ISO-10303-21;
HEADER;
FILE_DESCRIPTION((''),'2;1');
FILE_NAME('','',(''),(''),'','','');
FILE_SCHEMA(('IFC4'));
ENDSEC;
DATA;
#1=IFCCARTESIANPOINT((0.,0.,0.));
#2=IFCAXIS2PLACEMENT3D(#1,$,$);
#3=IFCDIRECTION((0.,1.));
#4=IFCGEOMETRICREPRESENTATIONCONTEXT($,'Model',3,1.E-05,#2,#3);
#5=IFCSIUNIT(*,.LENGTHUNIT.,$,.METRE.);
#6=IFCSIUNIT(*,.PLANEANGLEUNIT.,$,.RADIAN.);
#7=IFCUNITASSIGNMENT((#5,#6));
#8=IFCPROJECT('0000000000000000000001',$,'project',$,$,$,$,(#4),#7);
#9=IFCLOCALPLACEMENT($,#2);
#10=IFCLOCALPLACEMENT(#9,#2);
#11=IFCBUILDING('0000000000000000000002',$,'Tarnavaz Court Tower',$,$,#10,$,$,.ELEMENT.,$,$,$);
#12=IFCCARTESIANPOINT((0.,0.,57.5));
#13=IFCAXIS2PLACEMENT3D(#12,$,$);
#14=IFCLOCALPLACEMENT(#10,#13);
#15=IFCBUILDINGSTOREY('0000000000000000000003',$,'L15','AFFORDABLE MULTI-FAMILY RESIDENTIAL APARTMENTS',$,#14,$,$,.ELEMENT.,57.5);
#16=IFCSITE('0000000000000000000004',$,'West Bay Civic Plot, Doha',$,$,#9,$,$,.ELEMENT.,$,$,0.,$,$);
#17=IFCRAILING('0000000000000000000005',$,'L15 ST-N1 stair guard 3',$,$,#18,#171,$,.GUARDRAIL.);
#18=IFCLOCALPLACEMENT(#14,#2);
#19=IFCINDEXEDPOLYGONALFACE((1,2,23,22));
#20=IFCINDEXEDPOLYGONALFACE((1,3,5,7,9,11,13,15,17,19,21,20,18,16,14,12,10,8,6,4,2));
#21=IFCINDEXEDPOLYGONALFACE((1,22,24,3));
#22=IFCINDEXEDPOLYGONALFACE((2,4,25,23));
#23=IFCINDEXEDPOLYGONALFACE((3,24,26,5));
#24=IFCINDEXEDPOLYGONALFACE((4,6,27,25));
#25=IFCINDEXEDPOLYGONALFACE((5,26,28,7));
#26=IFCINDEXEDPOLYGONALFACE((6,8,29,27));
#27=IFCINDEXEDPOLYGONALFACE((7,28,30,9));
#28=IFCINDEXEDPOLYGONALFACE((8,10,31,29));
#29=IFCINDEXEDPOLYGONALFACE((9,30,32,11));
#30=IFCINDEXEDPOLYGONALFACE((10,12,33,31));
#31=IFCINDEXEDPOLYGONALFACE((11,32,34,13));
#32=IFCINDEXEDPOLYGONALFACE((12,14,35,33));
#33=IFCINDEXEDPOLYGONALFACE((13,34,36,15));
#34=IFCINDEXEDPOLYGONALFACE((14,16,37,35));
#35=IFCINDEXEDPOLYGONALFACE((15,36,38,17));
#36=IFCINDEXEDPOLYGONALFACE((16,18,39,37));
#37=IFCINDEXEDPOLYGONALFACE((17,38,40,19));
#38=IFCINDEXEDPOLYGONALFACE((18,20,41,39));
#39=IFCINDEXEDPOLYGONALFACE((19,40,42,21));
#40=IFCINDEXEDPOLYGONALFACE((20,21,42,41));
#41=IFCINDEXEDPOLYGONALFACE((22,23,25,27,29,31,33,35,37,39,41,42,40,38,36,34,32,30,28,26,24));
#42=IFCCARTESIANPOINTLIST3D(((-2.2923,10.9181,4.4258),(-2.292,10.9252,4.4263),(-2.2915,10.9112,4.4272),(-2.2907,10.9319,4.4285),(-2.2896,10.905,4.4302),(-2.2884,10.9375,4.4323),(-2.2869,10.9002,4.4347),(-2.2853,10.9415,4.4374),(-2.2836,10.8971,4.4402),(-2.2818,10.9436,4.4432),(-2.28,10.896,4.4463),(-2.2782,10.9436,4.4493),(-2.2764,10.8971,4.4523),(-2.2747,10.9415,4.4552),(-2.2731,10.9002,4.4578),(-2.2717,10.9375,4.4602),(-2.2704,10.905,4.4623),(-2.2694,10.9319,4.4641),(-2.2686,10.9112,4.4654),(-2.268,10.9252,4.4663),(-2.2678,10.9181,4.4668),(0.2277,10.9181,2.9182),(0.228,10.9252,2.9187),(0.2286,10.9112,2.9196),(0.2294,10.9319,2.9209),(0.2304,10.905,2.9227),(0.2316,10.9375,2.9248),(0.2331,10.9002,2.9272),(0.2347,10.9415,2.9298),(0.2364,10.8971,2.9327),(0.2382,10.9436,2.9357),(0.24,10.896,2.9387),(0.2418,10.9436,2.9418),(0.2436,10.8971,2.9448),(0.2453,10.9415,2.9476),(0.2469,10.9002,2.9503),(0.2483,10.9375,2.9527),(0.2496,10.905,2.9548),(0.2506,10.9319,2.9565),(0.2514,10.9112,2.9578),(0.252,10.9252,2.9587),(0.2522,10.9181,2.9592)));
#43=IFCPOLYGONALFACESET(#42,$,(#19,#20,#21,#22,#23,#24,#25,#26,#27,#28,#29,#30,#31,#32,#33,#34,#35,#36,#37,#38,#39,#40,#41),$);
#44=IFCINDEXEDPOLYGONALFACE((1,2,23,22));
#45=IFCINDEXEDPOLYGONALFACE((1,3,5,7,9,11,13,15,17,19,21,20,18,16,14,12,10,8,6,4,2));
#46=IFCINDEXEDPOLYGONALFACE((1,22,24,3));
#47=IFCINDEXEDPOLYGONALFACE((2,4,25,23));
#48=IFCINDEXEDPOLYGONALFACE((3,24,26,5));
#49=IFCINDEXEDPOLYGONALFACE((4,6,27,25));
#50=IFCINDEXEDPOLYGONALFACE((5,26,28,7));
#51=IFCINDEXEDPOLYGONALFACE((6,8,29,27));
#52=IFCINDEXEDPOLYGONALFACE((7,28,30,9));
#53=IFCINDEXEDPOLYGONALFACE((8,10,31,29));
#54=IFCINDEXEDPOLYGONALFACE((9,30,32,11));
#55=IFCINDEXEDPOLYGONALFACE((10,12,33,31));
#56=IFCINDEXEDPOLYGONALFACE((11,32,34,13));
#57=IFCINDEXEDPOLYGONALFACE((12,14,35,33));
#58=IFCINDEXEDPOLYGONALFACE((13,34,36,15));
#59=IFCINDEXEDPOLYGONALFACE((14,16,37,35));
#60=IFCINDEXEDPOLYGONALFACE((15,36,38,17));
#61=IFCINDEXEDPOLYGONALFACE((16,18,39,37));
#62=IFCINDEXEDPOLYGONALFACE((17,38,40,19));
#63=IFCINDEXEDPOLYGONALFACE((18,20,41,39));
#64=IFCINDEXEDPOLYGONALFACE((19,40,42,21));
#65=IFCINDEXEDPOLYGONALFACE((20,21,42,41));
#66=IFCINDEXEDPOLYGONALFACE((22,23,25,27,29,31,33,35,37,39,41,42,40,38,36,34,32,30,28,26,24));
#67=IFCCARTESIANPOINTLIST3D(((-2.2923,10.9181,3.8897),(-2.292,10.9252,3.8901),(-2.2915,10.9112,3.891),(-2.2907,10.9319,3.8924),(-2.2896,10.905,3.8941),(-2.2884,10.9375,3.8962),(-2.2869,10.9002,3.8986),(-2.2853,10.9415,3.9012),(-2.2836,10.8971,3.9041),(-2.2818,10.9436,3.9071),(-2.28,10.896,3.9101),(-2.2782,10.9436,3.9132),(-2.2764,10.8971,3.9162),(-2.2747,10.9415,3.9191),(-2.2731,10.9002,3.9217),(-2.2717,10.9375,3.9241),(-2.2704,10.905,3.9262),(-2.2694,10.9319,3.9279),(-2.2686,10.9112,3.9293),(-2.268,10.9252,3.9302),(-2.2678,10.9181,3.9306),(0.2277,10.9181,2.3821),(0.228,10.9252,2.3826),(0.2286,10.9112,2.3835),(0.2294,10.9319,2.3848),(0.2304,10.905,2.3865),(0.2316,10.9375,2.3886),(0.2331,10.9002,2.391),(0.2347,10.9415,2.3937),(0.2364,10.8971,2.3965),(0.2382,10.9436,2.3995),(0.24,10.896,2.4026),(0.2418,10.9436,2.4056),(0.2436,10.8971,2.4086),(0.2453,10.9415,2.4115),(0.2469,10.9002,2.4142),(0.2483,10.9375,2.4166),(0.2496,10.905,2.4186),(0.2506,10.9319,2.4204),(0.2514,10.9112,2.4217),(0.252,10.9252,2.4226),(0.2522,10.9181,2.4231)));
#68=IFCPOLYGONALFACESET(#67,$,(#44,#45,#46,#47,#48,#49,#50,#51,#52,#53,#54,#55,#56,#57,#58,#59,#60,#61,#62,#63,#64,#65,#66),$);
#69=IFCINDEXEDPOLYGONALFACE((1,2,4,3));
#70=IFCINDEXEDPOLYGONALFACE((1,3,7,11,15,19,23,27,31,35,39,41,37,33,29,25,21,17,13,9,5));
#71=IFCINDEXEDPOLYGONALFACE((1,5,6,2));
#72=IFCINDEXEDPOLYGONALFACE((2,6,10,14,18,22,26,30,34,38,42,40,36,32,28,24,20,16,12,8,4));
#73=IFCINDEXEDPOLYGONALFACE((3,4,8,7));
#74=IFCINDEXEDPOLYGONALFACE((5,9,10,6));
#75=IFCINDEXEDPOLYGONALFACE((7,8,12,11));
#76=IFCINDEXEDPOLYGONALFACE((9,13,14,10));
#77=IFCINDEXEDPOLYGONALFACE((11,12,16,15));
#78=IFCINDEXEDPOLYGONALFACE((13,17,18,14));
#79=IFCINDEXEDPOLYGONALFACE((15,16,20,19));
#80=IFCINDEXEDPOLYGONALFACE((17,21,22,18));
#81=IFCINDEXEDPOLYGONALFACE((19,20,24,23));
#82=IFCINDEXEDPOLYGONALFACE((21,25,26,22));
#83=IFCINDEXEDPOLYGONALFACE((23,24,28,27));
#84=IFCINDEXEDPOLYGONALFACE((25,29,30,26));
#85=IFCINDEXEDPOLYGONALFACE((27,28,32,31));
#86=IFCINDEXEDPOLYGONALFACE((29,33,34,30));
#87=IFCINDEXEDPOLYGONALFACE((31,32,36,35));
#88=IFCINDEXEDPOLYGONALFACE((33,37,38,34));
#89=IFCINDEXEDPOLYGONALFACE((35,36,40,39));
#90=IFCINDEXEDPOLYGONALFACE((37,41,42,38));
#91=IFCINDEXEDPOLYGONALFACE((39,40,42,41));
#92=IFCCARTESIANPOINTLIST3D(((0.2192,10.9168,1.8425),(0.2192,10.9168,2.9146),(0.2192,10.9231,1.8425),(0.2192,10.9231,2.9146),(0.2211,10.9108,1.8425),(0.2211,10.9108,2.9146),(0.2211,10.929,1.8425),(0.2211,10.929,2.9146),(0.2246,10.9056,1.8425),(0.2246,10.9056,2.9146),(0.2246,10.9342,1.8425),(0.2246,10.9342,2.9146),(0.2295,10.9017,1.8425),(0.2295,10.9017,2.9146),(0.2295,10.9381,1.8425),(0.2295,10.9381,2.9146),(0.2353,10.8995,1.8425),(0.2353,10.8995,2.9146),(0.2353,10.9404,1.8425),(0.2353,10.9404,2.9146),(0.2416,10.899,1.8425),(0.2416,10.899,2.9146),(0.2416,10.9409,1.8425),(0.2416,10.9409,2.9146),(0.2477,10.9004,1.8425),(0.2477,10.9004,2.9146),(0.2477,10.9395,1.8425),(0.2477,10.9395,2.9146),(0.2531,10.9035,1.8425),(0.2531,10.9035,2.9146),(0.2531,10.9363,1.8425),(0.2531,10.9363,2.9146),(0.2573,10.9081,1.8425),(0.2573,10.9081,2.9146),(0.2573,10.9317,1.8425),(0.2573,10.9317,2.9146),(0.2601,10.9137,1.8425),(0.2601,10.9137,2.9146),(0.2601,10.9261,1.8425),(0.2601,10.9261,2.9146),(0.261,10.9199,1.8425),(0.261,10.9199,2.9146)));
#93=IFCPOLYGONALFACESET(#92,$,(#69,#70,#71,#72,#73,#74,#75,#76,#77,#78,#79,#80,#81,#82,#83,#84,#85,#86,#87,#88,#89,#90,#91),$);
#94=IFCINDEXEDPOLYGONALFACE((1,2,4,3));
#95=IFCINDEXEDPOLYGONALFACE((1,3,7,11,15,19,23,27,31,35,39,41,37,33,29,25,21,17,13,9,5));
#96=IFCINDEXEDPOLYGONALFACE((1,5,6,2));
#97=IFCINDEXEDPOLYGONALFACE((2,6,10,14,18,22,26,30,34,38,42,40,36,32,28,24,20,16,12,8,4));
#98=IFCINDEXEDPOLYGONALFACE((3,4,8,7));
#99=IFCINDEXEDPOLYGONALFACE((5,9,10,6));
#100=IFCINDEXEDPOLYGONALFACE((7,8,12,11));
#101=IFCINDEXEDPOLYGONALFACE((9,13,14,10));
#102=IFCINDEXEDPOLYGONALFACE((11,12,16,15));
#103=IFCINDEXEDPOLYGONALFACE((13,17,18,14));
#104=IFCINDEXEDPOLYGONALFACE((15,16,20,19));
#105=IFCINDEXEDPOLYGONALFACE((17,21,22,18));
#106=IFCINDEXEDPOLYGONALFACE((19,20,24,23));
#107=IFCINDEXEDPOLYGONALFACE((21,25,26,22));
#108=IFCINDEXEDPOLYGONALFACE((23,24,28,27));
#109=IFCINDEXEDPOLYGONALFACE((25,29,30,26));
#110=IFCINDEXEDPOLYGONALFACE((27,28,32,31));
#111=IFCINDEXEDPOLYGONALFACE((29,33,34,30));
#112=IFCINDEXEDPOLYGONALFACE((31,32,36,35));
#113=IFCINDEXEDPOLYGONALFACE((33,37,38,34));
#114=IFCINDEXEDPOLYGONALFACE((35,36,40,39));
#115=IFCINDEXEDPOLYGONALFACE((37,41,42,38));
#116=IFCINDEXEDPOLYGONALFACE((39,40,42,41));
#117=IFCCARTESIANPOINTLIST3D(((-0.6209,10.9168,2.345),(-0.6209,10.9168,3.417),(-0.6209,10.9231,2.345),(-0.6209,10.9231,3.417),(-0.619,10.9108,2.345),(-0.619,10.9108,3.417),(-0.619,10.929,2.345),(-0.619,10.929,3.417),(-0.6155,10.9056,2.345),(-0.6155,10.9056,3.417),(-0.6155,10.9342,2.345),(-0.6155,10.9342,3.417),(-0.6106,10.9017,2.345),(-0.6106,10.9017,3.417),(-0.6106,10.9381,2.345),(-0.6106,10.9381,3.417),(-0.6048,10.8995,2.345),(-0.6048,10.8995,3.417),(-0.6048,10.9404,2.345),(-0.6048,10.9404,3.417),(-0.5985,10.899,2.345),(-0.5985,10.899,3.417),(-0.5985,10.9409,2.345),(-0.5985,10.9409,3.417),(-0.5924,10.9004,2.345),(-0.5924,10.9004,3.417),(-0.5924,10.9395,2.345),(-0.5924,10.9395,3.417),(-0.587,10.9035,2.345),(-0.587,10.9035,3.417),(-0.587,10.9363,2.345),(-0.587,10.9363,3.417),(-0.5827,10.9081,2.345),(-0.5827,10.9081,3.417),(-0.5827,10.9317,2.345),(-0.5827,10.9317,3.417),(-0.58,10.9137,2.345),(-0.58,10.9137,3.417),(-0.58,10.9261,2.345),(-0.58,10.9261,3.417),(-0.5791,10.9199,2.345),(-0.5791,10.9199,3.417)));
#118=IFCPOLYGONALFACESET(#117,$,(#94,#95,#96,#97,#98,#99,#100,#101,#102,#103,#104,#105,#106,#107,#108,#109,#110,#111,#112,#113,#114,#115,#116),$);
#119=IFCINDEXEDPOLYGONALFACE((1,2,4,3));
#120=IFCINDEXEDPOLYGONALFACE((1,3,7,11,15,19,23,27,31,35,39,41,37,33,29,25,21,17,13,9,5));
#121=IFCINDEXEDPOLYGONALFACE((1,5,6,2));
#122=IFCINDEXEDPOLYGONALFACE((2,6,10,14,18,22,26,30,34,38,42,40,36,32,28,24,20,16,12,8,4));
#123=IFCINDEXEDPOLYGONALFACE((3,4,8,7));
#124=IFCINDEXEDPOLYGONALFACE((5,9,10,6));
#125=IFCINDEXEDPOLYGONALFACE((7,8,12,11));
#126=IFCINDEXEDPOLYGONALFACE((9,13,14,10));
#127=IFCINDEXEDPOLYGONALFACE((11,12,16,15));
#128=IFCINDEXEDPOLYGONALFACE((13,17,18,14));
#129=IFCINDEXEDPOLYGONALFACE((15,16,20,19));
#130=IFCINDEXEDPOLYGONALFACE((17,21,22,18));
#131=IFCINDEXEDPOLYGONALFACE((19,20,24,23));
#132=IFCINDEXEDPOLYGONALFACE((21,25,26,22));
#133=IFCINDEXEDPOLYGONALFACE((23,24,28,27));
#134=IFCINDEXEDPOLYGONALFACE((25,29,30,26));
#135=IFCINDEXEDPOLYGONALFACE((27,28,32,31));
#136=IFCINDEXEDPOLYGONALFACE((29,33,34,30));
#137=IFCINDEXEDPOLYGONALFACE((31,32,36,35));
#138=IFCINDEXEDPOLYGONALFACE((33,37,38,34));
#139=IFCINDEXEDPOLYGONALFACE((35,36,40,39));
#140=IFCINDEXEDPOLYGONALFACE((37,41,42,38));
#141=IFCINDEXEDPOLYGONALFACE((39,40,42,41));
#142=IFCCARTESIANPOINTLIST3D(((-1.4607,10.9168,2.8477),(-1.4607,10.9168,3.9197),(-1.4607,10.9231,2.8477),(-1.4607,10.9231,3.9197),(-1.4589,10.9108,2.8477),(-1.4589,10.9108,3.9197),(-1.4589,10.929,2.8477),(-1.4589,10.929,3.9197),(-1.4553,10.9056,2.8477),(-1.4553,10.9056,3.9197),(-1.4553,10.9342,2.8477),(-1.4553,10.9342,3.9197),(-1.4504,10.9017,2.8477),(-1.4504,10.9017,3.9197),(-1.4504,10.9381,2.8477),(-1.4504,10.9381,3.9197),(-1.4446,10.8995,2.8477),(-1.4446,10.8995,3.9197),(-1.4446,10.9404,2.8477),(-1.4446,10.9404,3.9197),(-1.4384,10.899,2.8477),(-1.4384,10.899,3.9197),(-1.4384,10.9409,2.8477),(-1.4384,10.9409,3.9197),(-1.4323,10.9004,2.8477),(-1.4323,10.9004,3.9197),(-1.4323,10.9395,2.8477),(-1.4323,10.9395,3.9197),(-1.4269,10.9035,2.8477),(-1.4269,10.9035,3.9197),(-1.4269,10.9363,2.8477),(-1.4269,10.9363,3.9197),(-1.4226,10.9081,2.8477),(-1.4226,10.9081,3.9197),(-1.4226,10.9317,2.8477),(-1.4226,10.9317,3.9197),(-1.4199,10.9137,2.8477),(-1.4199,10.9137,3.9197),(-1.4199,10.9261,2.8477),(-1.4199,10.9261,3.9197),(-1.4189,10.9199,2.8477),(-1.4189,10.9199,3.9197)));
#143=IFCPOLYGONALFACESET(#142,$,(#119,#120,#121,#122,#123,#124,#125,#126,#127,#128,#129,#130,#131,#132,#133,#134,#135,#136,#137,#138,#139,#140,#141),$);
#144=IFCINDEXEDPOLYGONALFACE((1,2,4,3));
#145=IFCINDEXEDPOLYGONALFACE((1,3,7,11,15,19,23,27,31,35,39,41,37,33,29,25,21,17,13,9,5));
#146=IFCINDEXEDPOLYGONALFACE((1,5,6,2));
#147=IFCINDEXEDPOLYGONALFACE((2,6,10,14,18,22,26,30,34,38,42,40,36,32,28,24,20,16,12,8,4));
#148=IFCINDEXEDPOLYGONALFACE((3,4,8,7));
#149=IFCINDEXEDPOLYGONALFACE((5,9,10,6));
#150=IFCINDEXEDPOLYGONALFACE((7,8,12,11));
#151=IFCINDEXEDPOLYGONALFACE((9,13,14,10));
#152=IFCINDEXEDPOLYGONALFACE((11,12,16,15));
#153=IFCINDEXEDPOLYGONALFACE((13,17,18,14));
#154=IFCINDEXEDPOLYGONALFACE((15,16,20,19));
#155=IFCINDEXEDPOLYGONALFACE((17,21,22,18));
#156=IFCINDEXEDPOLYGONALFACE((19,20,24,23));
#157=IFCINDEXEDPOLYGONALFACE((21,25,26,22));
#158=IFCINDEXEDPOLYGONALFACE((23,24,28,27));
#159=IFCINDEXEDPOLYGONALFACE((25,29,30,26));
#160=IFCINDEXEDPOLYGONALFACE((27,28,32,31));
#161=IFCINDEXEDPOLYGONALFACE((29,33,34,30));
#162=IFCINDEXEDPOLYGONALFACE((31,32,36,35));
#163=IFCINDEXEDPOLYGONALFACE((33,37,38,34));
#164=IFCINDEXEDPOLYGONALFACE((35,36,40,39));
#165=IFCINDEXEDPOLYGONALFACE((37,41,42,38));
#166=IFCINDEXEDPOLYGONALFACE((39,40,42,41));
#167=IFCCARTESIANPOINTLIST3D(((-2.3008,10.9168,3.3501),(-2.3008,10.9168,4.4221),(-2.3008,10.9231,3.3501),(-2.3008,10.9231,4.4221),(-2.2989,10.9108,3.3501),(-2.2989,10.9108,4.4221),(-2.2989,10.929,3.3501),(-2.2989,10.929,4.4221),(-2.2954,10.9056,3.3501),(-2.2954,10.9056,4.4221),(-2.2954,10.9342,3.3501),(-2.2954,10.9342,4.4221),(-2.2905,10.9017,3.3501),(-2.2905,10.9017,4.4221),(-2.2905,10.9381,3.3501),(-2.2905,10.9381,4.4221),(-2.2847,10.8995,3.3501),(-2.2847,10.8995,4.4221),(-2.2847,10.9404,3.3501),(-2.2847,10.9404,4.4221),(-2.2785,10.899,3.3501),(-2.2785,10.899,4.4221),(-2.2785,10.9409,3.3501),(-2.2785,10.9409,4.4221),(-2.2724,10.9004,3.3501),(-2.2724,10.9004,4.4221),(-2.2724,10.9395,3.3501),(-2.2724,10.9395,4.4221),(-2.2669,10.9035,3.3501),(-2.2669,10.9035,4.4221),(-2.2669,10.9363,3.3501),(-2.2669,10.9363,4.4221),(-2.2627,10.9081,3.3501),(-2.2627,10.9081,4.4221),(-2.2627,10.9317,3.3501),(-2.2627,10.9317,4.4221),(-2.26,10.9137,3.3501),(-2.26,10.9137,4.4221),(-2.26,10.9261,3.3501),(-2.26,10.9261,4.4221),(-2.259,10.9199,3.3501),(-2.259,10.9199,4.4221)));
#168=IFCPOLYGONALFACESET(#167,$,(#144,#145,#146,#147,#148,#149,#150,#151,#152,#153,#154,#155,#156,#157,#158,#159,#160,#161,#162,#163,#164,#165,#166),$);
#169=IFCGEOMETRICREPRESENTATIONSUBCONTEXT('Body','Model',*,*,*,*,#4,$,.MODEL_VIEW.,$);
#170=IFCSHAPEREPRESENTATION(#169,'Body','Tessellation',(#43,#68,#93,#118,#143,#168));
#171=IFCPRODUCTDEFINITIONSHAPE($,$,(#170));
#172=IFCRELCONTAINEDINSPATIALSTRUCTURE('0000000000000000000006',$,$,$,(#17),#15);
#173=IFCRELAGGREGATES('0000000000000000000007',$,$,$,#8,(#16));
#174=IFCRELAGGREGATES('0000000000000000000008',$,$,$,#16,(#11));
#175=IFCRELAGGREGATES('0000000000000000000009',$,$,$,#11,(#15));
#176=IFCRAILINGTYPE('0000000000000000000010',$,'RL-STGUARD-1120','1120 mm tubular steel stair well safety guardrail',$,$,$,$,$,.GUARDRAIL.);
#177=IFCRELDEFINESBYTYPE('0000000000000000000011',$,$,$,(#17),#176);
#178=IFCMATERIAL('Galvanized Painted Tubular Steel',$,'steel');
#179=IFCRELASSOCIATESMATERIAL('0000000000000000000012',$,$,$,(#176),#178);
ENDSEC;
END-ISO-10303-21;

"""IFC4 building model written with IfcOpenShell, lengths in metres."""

from ifc_helpers import new_model, si_unit, direction, frame, origin, origin_2d, place, context, subcontext, project, spatial, circle, extrude, material, type_object, element, save


model = new_model("IFC4")

# Units and contexts
model_context = context("Model", 3, precision=1e-05, world=origin(), true_north=direction((0.0, 1.0)))
body_context = subcontext(model_context, "Body", "Model", "MODEL_VIEW")
ifc_project = project(units=[si_unit("LENGTHUNIT", "METRE"), si_unit("PLANEANGLEUNIT", "RADIAN")], contexts=[model_context])

# Site, building, storey
site_placement = place(None, origin())
site = spatial("IfcSite", under=ifc_project, at=site_placement, Name="West Bay Civic Plot, Doha", CompositionType="ELEMENT", RefElevation=0.0)
building_placement = place(site_placement, origin())
building = spatial("IfcBuilding", under=site, at=building_placement, Name="Tarnavaz Court Tower", CompositionType="ELEMENT")
storey_placement = place(building_placement, frame((0.0, 0.0, 57.5)))
storey = spatial("IfcBuildingStorey", under=building, at=storey_placement, Name="L15", Description="AFFORDABLE MULTI-FAMILY RESIDENTIAL APARTMENTS", CompositionType="ELEMENT", Elevation=57.5)

# Railing
ifc_material_1 = material(Name="Galvanized Painted Tubular Steel", Category="steel")
railing_type_1 = type_object("IfcRailingType", Name="RL-STGUARD-1120", Description="1120 mm tubular steel stair well safety guardrail", PredefinedType="GUARDRAIL", material=ifc_material_1)
railing_1_placement = place(storey_placement, frame((0.24, 10.9199, 1.8425)))
element("IfcRailing", 1, at=railing_1_placement, inside=storey, type_object=railing_type_1, Name="L15 ST-N1 stair guard 3", PredefinedType="GUARDRAIL", context=body_context, shape_type="SweptSolid", body=[
    extrude(circle(Radius=0.0239, at=origin_2d()), frame((0.0, 0.0, 1.0962), z_axis=(-0.85816, 0.0, 0.513383), x_axis=(0.0, -1.0, 0.0)), (0.0, 0.0, 1.0), 2.9365),
    extrude(circle(Radius=0.0239, at=origin_2d()), frame((0.0, 0.0, 0.5601), z_axis=(-0.85816, 0.0, 0.513383), x_axis=(0.0, -1.0, 0.0)), (0.0, 0.0, 1.0), 2.9365),
    extrude(circle(Radius=0.021, at=origin_2d()), origin(), (0.0, 0.0, 1.0), 1.072),
    extrude(circle(Radius=0.021, at=origin_2d()), frame((-0.8401, 0.0, 0.5024)), (0.0, 0.0, 1.0), 1.072),
    extrude(circle(Radius=0.021, at=origin_2d()), frame((-1.6799, 0.0, 1.0051)), (0.0, 0.0, 1.0), 1.072),
    extrude(circle(Radius=0.021, at=origin_2d()), frame((-2.52, 0.0, 1.5076)), (0.0, 0.0, 1.0), 1.072),
])

save(model, "model.ifc")
